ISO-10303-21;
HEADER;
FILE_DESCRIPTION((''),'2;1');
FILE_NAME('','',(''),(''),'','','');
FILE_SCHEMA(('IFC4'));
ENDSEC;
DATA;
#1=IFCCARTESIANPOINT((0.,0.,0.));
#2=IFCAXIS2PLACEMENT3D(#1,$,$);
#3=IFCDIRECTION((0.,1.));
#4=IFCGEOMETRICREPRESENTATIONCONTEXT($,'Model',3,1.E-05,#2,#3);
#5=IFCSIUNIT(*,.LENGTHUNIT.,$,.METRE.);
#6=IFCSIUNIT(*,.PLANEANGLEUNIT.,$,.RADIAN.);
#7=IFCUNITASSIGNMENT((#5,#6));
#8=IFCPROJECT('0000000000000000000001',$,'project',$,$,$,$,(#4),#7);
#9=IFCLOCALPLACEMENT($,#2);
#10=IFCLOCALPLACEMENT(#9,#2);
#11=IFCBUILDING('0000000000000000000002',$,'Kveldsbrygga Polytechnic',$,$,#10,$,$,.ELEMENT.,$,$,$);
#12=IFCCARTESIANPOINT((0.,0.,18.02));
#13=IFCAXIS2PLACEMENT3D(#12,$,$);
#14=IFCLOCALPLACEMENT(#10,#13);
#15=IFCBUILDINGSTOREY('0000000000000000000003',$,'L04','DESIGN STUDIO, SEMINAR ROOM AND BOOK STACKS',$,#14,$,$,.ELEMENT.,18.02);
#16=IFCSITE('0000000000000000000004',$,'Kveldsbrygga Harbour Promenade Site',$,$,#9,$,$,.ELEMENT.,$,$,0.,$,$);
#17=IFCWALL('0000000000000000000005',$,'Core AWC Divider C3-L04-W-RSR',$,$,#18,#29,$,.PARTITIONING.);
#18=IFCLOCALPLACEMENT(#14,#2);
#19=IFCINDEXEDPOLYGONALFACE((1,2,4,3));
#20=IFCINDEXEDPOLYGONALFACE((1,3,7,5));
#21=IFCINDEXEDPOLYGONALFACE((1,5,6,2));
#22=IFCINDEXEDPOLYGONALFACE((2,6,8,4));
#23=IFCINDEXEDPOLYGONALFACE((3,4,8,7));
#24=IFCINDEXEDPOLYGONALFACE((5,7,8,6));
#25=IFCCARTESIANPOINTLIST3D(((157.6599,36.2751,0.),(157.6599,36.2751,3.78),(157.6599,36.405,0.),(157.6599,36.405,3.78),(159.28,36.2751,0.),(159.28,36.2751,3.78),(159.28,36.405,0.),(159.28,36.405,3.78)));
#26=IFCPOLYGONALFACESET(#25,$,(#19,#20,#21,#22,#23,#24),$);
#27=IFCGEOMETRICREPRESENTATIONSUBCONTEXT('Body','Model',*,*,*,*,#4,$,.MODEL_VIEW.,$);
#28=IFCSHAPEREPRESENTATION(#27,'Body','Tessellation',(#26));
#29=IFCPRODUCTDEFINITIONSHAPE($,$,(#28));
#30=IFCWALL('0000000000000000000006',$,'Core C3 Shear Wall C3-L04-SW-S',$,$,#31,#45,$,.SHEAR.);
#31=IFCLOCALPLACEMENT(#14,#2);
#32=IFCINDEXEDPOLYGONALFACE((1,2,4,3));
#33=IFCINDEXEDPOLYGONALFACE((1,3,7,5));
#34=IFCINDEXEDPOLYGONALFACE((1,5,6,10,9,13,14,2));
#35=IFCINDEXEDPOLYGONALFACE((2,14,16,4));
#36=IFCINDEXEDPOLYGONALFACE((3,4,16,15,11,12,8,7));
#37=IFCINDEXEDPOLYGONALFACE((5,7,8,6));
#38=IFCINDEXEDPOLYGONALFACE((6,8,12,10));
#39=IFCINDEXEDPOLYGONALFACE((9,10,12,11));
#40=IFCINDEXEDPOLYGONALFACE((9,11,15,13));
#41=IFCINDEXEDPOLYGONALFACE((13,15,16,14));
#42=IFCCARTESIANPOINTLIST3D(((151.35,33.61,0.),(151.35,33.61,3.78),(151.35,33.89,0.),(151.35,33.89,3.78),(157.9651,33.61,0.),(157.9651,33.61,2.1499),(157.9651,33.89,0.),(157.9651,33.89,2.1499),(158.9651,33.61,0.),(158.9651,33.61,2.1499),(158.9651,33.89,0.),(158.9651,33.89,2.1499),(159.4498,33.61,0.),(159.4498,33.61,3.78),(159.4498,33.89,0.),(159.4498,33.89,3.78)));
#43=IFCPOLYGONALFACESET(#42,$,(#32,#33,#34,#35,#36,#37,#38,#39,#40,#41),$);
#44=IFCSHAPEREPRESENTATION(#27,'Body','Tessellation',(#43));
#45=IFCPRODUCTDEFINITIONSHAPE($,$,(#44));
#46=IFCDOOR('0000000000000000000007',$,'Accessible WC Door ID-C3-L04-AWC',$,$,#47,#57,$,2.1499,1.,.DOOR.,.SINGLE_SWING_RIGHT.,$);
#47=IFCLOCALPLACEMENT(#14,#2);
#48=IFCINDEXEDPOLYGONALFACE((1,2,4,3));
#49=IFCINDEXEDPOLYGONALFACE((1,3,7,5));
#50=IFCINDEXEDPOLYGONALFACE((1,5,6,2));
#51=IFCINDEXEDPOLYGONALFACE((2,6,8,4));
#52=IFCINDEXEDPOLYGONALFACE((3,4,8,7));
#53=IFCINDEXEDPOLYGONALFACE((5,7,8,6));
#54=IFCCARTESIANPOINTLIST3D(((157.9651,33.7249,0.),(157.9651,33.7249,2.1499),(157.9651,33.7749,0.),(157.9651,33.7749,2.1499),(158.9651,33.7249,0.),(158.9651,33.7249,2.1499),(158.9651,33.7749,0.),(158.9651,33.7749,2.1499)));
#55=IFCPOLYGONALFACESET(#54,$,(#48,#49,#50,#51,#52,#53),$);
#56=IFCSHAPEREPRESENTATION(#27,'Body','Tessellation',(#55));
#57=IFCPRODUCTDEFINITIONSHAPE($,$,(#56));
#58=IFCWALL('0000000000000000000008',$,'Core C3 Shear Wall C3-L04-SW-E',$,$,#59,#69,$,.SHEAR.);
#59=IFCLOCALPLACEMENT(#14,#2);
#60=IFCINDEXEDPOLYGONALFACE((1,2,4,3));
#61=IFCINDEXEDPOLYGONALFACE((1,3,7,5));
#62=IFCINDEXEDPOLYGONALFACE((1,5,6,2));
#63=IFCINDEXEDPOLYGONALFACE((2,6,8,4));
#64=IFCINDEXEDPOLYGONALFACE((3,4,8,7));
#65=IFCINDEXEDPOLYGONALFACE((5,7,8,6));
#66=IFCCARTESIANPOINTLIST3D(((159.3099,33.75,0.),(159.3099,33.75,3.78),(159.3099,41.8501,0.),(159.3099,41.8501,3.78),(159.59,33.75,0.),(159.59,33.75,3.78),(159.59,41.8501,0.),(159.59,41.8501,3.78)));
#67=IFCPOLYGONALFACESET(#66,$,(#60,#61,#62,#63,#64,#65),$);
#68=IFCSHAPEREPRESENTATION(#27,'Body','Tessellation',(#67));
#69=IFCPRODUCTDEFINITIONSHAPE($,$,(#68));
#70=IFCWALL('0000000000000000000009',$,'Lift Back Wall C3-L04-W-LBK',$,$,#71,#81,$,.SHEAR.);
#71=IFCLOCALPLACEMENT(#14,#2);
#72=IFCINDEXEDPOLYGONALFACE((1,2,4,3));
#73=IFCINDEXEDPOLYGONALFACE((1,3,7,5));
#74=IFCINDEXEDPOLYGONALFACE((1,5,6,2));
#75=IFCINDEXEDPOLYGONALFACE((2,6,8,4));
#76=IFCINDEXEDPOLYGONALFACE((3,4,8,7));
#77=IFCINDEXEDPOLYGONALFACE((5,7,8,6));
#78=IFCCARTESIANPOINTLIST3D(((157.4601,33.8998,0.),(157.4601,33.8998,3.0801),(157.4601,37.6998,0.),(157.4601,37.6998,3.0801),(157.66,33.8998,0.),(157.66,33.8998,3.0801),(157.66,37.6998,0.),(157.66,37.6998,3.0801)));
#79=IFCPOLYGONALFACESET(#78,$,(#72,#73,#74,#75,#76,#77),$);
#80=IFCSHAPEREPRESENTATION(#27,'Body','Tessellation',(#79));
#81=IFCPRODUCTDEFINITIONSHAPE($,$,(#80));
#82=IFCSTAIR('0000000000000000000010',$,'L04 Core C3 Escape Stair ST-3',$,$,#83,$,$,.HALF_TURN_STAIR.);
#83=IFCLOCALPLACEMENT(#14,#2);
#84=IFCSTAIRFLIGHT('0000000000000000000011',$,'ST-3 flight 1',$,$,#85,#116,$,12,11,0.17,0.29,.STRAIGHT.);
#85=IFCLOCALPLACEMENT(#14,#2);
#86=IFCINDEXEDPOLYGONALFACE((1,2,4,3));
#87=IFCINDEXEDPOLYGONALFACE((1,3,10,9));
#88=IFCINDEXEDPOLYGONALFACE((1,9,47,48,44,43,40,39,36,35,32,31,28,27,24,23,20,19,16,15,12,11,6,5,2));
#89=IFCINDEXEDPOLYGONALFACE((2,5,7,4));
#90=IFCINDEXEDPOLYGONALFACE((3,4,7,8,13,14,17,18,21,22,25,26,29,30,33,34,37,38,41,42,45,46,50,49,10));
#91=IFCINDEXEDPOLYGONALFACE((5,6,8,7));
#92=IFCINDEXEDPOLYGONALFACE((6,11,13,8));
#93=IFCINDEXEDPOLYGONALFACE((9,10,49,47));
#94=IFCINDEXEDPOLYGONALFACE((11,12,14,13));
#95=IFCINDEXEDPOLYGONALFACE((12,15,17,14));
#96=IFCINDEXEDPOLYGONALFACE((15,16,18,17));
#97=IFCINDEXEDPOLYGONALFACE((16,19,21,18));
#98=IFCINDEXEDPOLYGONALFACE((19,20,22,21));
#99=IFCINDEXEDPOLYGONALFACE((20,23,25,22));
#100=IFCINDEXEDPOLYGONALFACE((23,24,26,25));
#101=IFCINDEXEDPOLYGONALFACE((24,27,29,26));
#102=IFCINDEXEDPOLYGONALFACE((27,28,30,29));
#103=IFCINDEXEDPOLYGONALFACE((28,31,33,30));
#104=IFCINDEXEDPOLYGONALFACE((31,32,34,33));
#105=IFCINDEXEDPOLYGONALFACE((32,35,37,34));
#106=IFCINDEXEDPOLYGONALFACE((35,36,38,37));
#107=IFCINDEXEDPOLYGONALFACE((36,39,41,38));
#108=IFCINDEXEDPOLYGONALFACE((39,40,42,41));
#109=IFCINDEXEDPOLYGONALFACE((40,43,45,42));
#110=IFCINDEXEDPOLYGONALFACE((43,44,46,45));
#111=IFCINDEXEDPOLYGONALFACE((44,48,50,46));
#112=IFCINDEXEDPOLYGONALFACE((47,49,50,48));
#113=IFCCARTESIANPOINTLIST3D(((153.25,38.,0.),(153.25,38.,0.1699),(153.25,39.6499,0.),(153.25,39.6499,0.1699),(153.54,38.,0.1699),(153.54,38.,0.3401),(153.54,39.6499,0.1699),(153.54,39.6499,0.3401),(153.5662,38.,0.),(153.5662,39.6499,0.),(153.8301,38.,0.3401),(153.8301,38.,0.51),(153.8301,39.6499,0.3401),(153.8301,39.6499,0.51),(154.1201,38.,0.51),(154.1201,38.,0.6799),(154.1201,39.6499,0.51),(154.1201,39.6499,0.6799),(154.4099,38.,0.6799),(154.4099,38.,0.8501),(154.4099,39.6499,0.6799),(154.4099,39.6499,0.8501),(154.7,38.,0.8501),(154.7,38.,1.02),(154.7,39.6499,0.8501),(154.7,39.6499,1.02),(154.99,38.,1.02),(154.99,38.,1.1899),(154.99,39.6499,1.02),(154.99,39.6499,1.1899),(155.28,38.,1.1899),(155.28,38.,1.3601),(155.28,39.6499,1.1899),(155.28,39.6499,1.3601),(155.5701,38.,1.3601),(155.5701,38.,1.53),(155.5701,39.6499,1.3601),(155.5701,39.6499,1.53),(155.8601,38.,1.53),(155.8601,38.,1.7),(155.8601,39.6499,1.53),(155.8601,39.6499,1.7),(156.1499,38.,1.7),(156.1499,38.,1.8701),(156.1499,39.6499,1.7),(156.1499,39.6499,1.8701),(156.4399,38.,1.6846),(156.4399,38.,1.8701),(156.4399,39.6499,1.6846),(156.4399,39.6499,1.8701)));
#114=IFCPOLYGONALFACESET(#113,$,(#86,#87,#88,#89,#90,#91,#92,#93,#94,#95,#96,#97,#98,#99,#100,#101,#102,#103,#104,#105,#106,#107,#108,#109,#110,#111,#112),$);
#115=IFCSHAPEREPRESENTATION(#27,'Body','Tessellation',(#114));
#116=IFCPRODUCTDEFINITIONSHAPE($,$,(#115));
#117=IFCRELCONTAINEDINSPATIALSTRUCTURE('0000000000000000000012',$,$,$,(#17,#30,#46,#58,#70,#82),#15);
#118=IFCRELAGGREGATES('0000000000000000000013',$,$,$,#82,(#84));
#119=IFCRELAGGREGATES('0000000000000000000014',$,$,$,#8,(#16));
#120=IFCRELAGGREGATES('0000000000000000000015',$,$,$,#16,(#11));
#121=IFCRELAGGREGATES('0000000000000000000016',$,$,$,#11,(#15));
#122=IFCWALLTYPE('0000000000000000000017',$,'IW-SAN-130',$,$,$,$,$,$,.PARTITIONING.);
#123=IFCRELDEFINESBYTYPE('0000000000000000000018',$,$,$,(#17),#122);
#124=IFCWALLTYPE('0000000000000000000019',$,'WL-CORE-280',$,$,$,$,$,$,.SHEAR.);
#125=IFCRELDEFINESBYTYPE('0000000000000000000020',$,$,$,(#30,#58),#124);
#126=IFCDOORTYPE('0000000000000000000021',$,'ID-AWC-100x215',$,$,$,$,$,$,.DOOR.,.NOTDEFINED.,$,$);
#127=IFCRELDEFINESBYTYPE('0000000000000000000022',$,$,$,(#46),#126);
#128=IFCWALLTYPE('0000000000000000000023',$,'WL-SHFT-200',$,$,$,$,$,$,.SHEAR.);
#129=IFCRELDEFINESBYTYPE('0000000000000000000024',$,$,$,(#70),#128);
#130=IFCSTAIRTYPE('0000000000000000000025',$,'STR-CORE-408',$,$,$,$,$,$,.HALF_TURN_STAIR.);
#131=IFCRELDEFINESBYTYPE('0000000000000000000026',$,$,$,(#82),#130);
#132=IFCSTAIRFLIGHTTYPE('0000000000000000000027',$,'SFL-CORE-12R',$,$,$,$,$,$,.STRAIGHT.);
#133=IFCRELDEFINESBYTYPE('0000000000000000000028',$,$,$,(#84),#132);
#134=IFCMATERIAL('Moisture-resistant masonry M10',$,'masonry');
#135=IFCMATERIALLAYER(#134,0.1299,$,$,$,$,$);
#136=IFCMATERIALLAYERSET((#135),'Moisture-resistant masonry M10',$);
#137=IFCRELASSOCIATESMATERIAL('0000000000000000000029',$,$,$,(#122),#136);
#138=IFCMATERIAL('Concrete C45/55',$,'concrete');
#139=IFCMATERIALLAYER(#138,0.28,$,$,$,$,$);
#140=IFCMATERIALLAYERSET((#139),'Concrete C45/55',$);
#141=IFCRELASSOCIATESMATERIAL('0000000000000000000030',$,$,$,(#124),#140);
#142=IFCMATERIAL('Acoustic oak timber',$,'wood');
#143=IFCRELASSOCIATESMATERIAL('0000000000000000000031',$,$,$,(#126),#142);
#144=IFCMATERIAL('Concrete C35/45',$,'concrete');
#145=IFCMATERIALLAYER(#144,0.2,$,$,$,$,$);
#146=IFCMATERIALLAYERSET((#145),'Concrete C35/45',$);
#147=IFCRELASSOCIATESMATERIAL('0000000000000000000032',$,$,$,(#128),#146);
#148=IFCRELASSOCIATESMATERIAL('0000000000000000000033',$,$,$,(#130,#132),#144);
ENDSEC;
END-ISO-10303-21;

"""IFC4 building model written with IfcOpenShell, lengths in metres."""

from ifc_helpers import new_model, si_unit, direction, frame, frame_2d, origin, place, context, subcontext, project, spatial, polyline, rectangle, outline, extrude, material, layer, layer_set, type_object, element, fill, aggregate, save


model = new_model("IFC4")

# Units and contexts
model_context = context("Model", 3, precision=1e-05, world=origin(), true_north=direction((0.0, 1.0)))
body_context = subcontext(model_context, "Body", "Model", "MODEL_VIEW")
ifc_project = project(units=[si_unit("LENGTHUNIT", "METRE"), si_unit("PLANEANGLEUNIT", "RADIAN")], contexts=[model_context])

# Site, building, storey
site_placement = place(None, origin())
site = spatial("IfcSite", under=ifc_project, at=site_placement, Name="Kveldsbrygga Harbour Promenade Site", CompositionType="ELEMENT", RefElevation=0.0)
building_placement = place(site_placement, origin())
building = spatial("IfcBuilding", under=site, at=building_placement, Name="Kveldsbrygga Polytechnic", CompositionType="ELEMENT")
storey_placement = place(building_placement, frame((0.0, 0.0, 18.02)))
storey = spatial("IfcBuildingStorey", under=building, at=storey_placement, Name="L04", Description="DESIGN STUDIO, SEMINAR ROOM AND BOOK STACKS", CompositionType="ELEMENT", Elevation=18.02)

# Shared definitions
ifc_material_1 = material(Name="Concrete C45/55", Category="concrete")

# Shared definitions
ifc_material_2 = material(Name="Concrete C35/45", Category="concrete")

# Wall
ifc_material_3 = material(Name="Moisture-resistant masonry M10", Category="masonry")
ifc_layer_1 = layer(ifc_material_3, 0.1299)
ifc_layer_set_1 = layer_set([ifc_layer_1], Name="Moisture-resistant masonry M10")
wall_type_1 = type_object("IfcWallType", Name="IW-SAN-130", PredefinedType="PARTITIONING", material=ifc_layer_set_1)
wall_1_placement = place(storey_placement, frame((157.6599, 36.3401, 0.0), z_axis=(0.0, 0.0, 1.0), x_axis=(1.0, 0.0, 0.0)))
element("IfcWall", 1, at=wall_1_placement, inside=storey, type_object=wall_type_1, Name="Core AWC Divider C3-L04-W-RSR", PredefinedType="PARTITIONING", context=body_context, shape_type="SweptSolid", body=[
    extrude(rectangle(XDim=1.6201, YDim=0.1299, at=frame_2d((0.8101, 0.0))), origin(), (0.0, 0.0, 1.0), 3.78),
])

# Wall, opening, door
ifc_layer_2 = layer(ifc_material_1, 0.28)
ifc_layer_set_2 = layer_set([ifc_layer_2], Name="Concrete C45/55")
wall_type_2 = type_object("IfcWallType", Name="WL-CORE-280", PredefinedType="SHEAR", material=ifc_layer_set_2)
wall_2_placement = place(storey_placement, frame((151.3501, 33.75, 0.0), z_axis=(0.0, 0.0, 1.0), x_axis=(1.0, 0.0, 0.0)))
wall_2 = element("IfcWall", 2, at=wall_2_placement, inside=storey, type_object=wall_type_2, Name="Core C3 Shear Wall C3-L04-SW-S", PredefinedType="SHEAR", context=body_context, shape_type="SweptSolid", body=[
    extrude(rectangle(XDim=8.0999, YDim=0.28, at=frame_2d((4.0498, 0.0))), origin(), (0.0, 0.0, 1.0), 3.78),
])
opening_1_placement = place(wall_2_placement, frame((6.615, 0.0, 0.0)))
opening_1 = element("IfcOpeningElement", 3, at=opening_1_placement, cuts=wall_2, PredefinedType="OPENING", context=body_context, shape_type="SweptSolid", body=[
    extrude(rectangle(XDim=1.0, YDim=2.1499, at=frame_2d((0.5, 1.075))), frame((0.0, 0.1499, 0.0), z_axis=(0.0, -1.0, 0.0), x_axis=(1.0, 0.0, 0.0)), (0.0, 0.0, 1.0), 0.3),
])
ifc_material_4 = material(Name="Acoustic oak timber", Category="wood")
door_type_1 = type_object("IfcDoorType", Name="ID-AWC-100x215", OperationType="NOTDEFINED", PredefinedType="DOOR", material=ifc_material_4)
door_1_placement = place(opening_1_placement, origin())
door_1 = element("IfcDoor", 4, at=door_1_placement, inside=storey, type_object=door_type_1, Name="Accessible WC Door ID-C3-L04-AWC", OperationType="SINGLE_SWING_RIGHT", OverallHeight=2.1499, OverallWidth=1.0, PredefinedType="DOOR", context=body_context, shape_type="SweptSolid", body=[
    extrude(rectangle(XDim=1.0, YDim=2.1499, at=frame_2d((0.5, 1.075))), frame((0.0, 0.0249, 0.0), z_axis=(0.0, -1.0, 0.0), x_axis=(1.0, 0.0, 0.0)), (0.0, 0.0, 1.0), 0.05),
])
fill(opening_1, door_1)

# Wall
wall_3_placement = place(storey_placement, frame((159.45, 33.75, 0.0), z_axis=(0.0, 0.0, 1.0), x_axis=(0.0, 1.0, 0.0)))
element("IfcWall", 5, at=wall_3_placement, inside=storey, type_object=wall_type_2, Name="Core C3 Shear Wall C3-L04-SW-E", PredefinedType="SHEAR", context=body_context, shape_type="SweptSolid", body=[
    extrude(rectangle(XDim=8.1001, YDim=0.28, at=frame_2d((4.05, 0.0))), origin(), (0.0, 0.0, 1.0), 3.78),
])

# Shared definitions
ifc_layer_3 = layer(ifc_material_2, 0.2)
ifc_layer_set_3 = layer_set([ifc_layer_3], Name="Concrete C35/45")
wall_type_3 = type_object("IfcWallType", Name="WL-SHFT-200", PredefinedType="SHEAR", material=ifc_layer_set_3)

# Wall
wall_4_placement = place(storey_placement, frame((157.5601, 33.8999, 0.0), z_axis=(0.0, 0.0, 1.0), x_axis=(0.0, 1.0, 0.0)))
element("IfcWall", 6, at=wall_4_placement, inside=storey, type_object=wall_type_3, Name="Lift Back Wall C3-L04-W-LBK", PredefinedType="SHEAR", context=body_context, shape_type="SweptSolid", body=[
    extrude(rectangle(XDim=3.8, YDim=0.2, at=frame_2d((1.8999, 0.0))), origin(), (0.0, 0.0, 1.0), 3.0801),
])

# Stair, stair flight
stair_type = type_object("IfcStairType", Name="STR-CORE-408", PredefinedType="HALF_TURN_STAIR", material=ifc_material_2)
stair_placement = place(storey_placement, origin())
stair = element("IfcStair", 7, at=stair_placement, inside=storey, type_object=stair_type, Name="L04 Core C3 Escape Stair ST-3", PredefinedType="HALF_TURN_STAIR")
stair_flight_type = type_object("IfcStairFlightType", Name="SFL-CORE-12R", PredefinedType="STRAIGHT", material=ifc_material_2)
stair_flight_placement = place(storey_placement, frame((153.25, 38.825, 0.0), z_axis=(0.0, 0.0, 1.0), x_axis=(1.0, 0.0, 0.0)))
stair_flight = element("IfcStairFlight", 8, at=stair_flight_placement, type_object=stair_flight_type, Name="ST-3 flight 1", NumberOfRisers=12, NumberOfTreads=11, PredefinedType="STRAIGHT", RiserHeight=0.17, TreadLength=0.29, context=body_context, shape_type="SweptSolid", body=[
    extrude(outline(polyline([(0.0, 0.0), (0.0, 0.1699), (0.29, 0.1699), (0.29, 0.3401), (0.5801, 0.3401), (0.5801, 0.51), (0.8701, 0.51), (0.8701, 0.6799), (1.1599, 0.6799), (1.1599, 0.8501), (1.45, 0.8501), (1.45, 1.02), (1.74, 1.02), (1.74, 1.1899), (2.03, 1.1899), (2.03, 1.3601), (2.3201, 1.3601), (2.3201, 1.53), (2.6101, 1.53), (2.6101, 1.7), (2.8999, 1.7), (2.8999, 1.8701), (3.1899, 1.8701), (3.1899, 2.04), (3.1899, 1.6846), (0.3162, 0.0), (0.0, 0.0)])), frame((0.0, 0.825, 0.0), z_axis=(0.0, -1.0, 0.0), x_axis=(1.0, 0.0, 0.0)), (0.0, 0.0, 1.0), 1.6499),
])
aggregate(stair, [stair_flight])

save(model, "model.ifc")
